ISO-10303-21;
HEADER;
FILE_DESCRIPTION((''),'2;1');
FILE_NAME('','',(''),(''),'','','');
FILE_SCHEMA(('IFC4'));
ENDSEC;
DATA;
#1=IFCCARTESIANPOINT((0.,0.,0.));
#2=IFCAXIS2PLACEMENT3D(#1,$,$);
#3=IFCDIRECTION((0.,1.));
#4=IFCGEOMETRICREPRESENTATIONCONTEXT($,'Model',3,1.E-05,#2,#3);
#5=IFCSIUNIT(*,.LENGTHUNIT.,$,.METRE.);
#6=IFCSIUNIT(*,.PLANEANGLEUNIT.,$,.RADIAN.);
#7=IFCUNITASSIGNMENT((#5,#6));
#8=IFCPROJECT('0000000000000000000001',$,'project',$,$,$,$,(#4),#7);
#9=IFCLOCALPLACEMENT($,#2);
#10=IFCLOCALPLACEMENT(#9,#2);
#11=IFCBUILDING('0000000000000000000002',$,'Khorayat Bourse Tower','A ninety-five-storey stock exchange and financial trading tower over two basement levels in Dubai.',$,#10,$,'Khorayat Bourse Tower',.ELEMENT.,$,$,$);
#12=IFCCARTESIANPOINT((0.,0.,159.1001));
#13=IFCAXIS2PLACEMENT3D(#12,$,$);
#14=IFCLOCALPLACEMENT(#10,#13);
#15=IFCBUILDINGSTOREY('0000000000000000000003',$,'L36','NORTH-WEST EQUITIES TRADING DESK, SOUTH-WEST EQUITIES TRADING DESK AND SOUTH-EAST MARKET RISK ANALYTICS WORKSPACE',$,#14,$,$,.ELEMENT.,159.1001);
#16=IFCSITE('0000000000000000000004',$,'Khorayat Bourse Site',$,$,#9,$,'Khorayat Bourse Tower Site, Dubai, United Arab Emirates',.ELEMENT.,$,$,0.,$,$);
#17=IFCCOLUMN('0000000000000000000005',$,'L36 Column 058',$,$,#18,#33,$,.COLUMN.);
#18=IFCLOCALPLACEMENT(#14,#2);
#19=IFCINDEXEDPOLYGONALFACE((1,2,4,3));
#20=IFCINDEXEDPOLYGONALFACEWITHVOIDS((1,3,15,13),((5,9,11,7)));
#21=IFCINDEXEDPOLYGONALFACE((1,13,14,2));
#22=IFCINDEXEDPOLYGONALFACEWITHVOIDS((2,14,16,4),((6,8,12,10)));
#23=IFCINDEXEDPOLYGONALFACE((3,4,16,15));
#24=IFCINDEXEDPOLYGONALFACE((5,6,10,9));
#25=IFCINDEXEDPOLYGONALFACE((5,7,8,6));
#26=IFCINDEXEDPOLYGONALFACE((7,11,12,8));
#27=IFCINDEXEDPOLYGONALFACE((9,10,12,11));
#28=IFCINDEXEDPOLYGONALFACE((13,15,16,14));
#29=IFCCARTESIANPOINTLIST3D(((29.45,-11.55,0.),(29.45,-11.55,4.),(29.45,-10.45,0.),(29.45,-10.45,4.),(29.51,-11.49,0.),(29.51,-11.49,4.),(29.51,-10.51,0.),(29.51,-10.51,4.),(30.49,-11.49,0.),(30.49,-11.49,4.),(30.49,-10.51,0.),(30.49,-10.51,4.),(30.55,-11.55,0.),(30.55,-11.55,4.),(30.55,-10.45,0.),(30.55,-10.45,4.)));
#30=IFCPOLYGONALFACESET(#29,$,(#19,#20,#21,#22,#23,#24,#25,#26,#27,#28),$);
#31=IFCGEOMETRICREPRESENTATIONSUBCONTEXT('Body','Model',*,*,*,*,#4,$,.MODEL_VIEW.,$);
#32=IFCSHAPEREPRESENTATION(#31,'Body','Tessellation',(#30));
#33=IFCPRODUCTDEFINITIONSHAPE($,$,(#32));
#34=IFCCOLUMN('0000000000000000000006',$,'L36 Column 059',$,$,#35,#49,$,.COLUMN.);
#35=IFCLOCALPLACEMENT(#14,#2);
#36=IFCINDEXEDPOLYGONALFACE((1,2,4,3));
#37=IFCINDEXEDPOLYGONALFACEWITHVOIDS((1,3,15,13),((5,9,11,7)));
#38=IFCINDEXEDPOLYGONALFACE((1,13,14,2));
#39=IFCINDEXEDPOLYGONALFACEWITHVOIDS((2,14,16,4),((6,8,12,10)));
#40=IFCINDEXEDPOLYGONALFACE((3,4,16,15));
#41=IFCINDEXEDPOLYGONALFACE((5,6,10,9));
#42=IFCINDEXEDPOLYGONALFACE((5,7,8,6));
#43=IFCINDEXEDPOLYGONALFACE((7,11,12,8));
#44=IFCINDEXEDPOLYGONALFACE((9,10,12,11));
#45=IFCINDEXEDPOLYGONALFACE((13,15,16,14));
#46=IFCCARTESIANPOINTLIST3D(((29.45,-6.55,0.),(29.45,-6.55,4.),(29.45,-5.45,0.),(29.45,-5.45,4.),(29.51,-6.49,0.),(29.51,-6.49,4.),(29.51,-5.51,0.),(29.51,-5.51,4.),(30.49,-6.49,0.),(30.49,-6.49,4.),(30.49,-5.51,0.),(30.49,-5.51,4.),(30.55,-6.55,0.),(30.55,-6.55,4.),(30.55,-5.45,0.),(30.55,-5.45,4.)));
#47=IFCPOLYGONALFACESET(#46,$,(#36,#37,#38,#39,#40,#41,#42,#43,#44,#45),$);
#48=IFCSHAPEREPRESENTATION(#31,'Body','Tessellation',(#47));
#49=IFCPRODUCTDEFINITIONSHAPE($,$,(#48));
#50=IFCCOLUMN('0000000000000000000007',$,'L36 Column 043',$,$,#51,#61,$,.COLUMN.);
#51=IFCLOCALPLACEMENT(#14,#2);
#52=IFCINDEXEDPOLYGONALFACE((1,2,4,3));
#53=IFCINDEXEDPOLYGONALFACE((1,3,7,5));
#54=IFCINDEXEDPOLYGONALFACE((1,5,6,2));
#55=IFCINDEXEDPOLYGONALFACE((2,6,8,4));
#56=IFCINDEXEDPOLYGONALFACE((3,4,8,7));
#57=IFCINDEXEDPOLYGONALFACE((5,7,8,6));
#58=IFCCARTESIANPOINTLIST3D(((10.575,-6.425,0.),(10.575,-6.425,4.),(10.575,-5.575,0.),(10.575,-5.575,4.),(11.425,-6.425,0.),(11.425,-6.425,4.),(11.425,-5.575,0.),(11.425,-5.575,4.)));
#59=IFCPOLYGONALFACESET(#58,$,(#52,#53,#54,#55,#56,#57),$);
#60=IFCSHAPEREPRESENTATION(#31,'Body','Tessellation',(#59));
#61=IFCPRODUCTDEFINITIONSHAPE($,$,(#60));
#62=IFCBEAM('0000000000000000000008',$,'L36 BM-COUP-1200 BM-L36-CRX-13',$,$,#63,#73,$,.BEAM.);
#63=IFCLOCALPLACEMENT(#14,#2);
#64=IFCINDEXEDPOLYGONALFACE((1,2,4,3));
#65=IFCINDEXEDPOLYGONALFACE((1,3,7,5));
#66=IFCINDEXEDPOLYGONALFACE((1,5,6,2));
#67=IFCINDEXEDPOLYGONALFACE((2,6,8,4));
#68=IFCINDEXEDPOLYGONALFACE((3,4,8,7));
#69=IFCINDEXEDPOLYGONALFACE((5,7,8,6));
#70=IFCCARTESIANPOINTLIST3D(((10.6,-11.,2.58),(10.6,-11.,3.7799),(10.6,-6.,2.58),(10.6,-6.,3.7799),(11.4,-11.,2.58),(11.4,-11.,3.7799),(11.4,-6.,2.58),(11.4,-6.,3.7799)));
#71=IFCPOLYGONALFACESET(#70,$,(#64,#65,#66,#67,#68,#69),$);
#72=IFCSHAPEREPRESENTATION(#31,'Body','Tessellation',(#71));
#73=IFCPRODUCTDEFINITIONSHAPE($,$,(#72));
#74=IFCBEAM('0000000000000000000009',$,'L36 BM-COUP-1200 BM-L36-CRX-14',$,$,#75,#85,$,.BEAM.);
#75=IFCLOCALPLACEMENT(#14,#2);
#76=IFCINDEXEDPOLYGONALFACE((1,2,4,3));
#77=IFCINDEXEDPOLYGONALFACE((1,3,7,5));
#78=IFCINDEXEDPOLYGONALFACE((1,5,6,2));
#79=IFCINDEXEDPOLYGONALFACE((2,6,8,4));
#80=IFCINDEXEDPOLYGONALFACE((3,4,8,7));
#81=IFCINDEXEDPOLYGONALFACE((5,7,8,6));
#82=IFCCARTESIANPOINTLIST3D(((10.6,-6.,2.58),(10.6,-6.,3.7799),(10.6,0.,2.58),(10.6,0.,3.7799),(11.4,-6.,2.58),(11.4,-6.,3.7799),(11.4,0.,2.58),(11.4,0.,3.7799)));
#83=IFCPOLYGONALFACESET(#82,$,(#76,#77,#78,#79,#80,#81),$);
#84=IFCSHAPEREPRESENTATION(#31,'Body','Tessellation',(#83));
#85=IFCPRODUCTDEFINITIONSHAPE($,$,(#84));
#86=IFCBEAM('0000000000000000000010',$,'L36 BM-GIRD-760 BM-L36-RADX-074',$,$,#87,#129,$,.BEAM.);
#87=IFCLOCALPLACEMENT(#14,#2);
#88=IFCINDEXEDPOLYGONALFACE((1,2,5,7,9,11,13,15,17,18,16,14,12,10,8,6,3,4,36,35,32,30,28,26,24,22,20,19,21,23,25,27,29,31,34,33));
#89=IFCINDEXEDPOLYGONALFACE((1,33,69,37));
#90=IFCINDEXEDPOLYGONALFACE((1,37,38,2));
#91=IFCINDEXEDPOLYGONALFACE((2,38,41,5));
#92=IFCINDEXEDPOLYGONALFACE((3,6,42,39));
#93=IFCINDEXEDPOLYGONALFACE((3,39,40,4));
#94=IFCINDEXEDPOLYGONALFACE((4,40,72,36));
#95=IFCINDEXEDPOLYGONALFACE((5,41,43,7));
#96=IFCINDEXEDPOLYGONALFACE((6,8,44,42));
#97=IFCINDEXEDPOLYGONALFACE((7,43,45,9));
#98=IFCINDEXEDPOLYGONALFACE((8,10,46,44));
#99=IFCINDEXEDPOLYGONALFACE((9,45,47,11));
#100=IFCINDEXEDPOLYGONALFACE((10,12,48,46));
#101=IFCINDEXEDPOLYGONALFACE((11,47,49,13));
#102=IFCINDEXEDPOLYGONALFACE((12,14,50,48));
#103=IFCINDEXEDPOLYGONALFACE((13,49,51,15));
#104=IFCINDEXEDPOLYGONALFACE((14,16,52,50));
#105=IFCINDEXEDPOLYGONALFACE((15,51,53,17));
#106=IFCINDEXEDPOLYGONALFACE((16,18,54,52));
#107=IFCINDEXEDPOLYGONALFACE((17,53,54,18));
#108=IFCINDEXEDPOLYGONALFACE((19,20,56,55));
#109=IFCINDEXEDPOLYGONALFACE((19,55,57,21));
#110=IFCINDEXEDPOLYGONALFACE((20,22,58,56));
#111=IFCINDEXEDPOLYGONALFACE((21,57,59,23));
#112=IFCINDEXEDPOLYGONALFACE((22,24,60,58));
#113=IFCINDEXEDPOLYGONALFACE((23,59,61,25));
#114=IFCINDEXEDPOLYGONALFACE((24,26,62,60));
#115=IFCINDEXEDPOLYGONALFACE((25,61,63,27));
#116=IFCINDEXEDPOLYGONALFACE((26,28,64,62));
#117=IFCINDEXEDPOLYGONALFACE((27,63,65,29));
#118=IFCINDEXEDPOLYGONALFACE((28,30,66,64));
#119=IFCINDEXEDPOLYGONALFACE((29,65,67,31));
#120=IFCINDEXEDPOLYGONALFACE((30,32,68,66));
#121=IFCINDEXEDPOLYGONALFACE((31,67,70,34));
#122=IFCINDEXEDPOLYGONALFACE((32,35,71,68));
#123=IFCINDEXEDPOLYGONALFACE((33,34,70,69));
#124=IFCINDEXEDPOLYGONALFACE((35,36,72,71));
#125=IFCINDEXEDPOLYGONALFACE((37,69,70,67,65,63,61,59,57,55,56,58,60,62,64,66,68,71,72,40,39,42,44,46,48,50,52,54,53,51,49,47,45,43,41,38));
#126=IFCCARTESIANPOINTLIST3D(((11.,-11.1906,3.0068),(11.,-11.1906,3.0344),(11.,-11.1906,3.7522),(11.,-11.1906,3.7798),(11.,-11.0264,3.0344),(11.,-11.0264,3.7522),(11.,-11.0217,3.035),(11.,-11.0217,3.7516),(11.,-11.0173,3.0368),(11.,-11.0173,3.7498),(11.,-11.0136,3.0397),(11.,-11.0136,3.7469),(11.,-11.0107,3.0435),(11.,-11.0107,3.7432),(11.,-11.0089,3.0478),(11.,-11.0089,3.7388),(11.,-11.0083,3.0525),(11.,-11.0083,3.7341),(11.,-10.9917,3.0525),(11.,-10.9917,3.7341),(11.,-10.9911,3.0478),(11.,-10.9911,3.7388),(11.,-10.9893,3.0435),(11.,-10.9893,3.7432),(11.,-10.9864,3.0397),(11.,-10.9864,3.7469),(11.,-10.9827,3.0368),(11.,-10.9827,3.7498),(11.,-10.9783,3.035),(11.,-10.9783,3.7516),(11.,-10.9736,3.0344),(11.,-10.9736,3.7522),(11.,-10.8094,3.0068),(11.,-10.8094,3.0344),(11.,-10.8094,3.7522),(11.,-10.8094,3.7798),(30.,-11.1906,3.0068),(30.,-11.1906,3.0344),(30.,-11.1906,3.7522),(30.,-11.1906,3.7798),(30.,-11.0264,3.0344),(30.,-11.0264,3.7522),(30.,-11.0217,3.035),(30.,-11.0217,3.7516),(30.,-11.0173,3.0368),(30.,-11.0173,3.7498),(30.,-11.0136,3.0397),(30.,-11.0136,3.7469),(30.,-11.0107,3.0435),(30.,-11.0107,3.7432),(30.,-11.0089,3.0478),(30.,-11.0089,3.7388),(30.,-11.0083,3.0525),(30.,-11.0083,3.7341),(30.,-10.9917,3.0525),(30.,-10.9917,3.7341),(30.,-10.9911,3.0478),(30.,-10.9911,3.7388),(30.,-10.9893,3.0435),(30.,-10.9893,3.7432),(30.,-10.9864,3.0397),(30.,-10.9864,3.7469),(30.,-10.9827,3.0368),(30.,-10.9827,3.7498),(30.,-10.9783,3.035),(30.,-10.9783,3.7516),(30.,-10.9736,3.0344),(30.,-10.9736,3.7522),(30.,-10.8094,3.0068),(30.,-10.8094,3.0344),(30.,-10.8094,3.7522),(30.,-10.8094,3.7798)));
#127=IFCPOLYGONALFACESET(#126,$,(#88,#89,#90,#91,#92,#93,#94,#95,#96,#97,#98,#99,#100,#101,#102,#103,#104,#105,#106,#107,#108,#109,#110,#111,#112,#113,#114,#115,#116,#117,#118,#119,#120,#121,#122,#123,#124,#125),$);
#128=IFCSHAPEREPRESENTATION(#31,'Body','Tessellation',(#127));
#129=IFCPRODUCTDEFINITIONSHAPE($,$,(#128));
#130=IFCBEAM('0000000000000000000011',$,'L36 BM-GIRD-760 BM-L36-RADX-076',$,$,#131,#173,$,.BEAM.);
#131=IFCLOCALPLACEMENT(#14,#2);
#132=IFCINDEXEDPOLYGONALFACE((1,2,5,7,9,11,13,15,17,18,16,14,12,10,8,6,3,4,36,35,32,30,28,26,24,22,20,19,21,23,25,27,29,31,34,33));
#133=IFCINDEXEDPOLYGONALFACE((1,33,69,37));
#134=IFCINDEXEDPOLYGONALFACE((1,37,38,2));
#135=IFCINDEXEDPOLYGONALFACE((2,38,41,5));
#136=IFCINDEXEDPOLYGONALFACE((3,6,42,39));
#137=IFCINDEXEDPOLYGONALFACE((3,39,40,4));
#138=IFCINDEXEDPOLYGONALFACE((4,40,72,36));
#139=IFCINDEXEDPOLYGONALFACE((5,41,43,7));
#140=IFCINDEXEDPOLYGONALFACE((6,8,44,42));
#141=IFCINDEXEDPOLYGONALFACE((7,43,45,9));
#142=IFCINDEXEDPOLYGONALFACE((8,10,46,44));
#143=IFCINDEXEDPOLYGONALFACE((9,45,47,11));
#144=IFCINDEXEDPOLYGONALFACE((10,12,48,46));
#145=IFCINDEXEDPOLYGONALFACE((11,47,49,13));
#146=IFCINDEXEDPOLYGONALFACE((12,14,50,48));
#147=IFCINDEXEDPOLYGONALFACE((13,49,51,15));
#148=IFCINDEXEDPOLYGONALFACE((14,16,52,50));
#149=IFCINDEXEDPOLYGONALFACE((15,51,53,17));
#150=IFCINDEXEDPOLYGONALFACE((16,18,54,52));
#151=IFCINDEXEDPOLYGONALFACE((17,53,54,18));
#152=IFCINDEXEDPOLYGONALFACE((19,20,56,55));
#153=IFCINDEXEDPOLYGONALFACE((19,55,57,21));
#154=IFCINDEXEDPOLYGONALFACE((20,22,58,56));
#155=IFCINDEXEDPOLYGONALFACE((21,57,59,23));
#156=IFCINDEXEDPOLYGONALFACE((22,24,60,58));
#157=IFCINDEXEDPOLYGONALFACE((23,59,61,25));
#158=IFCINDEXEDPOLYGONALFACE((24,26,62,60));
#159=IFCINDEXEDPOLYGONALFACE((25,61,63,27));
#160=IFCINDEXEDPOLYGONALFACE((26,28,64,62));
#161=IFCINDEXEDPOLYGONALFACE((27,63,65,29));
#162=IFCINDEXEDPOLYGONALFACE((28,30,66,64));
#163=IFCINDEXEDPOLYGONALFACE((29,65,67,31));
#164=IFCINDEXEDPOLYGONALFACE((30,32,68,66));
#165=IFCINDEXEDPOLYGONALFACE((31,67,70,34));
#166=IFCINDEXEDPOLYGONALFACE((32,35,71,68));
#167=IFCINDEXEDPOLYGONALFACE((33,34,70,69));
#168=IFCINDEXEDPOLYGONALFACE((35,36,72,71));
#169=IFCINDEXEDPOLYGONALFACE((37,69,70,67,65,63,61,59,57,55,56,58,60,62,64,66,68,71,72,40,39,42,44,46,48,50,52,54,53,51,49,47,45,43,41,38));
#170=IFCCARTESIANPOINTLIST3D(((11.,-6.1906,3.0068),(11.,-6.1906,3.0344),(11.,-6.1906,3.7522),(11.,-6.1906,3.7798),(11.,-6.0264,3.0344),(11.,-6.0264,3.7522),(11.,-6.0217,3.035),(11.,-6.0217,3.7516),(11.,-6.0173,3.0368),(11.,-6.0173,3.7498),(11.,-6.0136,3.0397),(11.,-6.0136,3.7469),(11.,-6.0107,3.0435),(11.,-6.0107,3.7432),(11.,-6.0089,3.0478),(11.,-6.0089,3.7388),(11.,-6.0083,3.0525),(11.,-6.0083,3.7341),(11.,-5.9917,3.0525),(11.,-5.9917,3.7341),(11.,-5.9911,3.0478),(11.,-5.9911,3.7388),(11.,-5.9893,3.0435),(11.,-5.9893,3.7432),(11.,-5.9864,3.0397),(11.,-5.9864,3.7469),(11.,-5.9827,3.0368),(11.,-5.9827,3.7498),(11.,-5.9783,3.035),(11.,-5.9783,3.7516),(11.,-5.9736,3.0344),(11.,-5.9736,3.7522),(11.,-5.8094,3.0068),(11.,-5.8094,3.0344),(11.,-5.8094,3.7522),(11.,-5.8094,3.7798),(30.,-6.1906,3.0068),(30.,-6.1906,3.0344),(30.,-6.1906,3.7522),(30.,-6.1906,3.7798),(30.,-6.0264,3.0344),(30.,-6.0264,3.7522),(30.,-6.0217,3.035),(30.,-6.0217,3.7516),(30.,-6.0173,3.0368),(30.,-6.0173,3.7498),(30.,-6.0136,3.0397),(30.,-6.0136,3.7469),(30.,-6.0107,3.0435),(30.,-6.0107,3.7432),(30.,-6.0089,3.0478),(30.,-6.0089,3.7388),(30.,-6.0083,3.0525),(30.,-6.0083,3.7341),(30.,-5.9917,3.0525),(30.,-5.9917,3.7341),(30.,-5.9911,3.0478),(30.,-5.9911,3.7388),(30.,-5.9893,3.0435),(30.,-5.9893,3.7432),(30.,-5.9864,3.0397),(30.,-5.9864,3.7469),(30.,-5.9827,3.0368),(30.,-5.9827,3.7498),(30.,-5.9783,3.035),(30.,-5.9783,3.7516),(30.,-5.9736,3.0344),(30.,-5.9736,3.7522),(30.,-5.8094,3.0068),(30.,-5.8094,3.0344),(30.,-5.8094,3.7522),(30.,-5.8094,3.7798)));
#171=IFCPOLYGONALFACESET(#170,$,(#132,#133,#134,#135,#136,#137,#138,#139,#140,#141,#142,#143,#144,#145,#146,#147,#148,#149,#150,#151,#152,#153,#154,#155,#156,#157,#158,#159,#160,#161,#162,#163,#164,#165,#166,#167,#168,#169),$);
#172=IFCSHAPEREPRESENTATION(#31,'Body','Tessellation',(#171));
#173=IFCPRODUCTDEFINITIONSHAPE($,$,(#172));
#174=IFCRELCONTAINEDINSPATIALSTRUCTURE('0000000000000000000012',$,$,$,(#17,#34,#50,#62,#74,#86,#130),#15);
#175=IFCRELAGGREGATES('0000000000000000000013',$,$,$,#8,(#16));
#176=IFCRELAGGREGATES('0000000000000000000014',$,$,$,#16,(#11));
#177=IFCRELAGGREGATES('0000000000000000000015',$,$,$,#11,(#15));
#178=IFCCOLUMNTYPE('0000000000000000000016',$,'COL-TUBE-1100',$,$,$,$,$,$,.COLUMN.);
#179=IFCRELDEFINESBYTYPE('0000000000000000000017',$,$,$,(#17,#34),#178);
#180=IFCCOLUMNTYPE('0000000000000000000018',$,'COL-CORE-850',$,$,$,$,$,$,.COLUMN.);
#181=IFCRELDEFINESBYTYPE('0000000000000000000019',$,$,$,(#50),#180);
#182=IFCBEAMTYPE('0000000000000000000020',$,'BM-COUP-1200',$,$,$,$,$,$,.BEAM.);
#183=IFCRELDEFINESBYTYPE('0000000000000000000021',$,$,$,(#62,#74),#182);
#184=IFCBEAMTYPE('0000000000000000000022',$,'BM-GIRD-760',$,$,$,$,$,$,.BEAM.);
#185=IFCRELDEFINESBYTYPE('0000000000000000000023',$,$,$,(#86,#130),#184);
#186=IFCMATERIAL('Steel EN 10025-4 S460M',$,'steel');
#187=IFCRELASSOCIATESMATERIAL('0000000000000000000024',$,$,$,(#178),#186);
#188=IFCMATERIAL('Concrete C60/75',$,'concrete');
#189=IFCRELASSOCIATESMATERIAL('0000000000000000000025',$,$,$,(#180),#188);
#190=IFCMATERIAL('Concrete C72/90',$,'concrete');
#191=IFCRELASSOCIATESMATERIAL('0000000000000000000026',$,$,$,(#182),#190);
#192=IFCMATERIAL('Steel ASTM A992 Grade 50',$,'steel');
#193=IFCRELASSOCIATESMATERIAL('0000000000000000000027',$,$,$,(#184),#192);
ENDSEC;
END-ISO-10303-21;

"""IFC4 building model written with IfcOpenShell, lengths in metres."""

from ifc_helpers import new_model, si_unit, direction, frame, origin, origin_2d, place, context, subcontext, project, spatial, rectangle, hollow_rectangle, i_section, extrude, source, transform, mapped, material, material_profile, profile_set, type_object, element, save


model = new_model("IFC4")

# Units and contexts
model_context = context("Model", 3, precision=1e-05, world=origin(), true_north=direction((0.0, 1.0)))
body_context = subcontext(model_context, "Body", "Model", "MODEL_VIEW")
ifc_project = project(units=[si_unit("LENGTHUNIT", "METRE"), si_unit("PLANEANGLEUNIT", "RADIAN")], contexts=[model_context])

# Site, building, storey
site_placement = place(None, origin())
site = spatial("IfcSite", under=ifc_project, at=site_placement, Name="Khorayat Bourse Site", LongName="Khorayat Bourse Tower Site, Dubai, United Arab Emirates", CompositionType="ELEMENT", RefElevation=0.0)
building_placement = place(site_placement, origin())
building = spatial("IfcBuilding", under=site, at=building_placement, Name="Khorayat Bourse Tower", Description="A ninety-five-storey stock exchange and financial trading tower over two basement levels in Dubai.", LongName="Khorayat Bourse Tower", CompositionType="ELEMENT")
storey_placement = place(building_placement, frame((0.0, 0.0, 159.1001)))
storey = spatial("IfcBuildingStorey", under=building, at=storey_placement, Name="L36", Description="NORTH-WEST EQUITIES TRADING DESK, SOUTH-WEST EQUITIES TRADING DESK AND SOUTH-EAST MARKET RISK ANALYTICS WORKSPACE", CompositionType="ELEMENT", Elevation=159.1001)

# Columns
ifc_material_1 = material(Name="Steel EN 10025-4 S460M", Category="steel")
ifc_material_profile_1 = material_profile(ifc_material_1, hollow_rectangle(XDim=1.1001, YDim=1.1001, WallThickness=0.0601, at=origin_2d()), Name="BOX 1100x1100x60")
ifc_profile_set_1 = profile_set([ifc_material_profile_1], Name="Steel EN 10025-4 S460M")
column_type_1 = type_object("IfcColumnType", Name="COL-TUBE-1100", PredefinedType="COLUMN", material=ifc_profile_set_1)
shared_shape_1 = source(origin(), body_context, "Body", "SweptSolid", [
    extrude(hollow_rectangle(XDim=1.1001, YDim=1.1001, WallThickness=0.0601, at=origin_2d()), origin(), (0.0, 0.0, 1.0), 4.0),
])
for number, where, z_axis, x_axis, name in (
    (1, (30.0, -11.0, 0.0), (0.0, 0.0, 1.0), (1.0, 0.0, 0.0), "L36 Column 058"),
    (2, (30.0, -6.0, 0.0), (0.0, 0.0, 1.0), (1.0, 0.0, 0.0), "L36 Column 059"),
):
    element("IfcColumn", number, at=place(storey_placement, frame(where, z_axis=z_axis, x_axis=x_axis)), inside=storey, type_object=column_type_1, Name=name, PredefinedType="COLUMN", context=body_context, shape_type="MappedRepresentation", body=[
        mapped(shared_shape_1, transform((0.0, 0.0, 0.0), scale=1.0)),
    ])
ifc_material_2 = material(Name="Concrete C60/75", Category="concrete")
ifc_material_profile_2 = material_profile(ifc_material_2, rectangle(XDim=0.8501, YDim=0.8501, at=origin_2d()), Name="RC 850x850")
ifc_profile_set_2 = profile_set([ifc_material_profile_2], Name="Concrete C60/75")
column_type_2 = type_object("IfcColumnType", Name="COL-CORE-850", PredefinedType="COLUMN", material=ifc_profile_set_2)
shared_shape_2 = source(origin(), body_context, "Body", "SweptSolid", [
    extrude(rectangle(XDim=0.8501, YDim=0.8501, at=origin_2d()), origin(), (0.0, 0.0, 1.0), 4.0),
])
column_placement = place(storey_placement, frame((11.0, -6.0, 0.0), z_axis=(0.0, 0.0, 1.0), x_axis=(1.0, 0.0, 0.0)))
element("IfcColumn", 3, at=column_placement, inside=storey, type_object=column_type_2, Name="L36 Column 043", PredefinedType="COLUMN", context=body_context, shape_type="MappedRepresentation", body=[
    mapped(shared_shape_2, transform((0.0, 0.0, 0.0), scale=1.0)),
])

# Beams
ifc_material_3 = material(Name="Concrete C72/90", Category="concrete")
ifc_material_profile_3 = material_profile(ifc_material_3, rectangle(XDim=0.8, YDim=1.2, at=origin_2d()), Name="RC 800x1200")
ifc_profile_set_3 = profile_set([ifc_material_profile_3], Name="Concrete C72/90")
beam_type_1 = type_object("IfcBeamType", Name="BM-COUP-1200", PredefinedType="BEAM", material=ifc_profile_set_3)
shared_shape_3 = source(origin(), body_context, "Body", "SweptSolid", [
    extrude(rectangle(XDim=0.8, YDim=1.2, at=origin_2d()), origin(), (0.0, 0.0, 1.0), 5.0),
])
beam_1_placement = place(storey_placement, frame((11.0, -11.0, 3.1799), z_axis=(0.0, 1.0, 0.0), x_axis=(-1.0, 0.0, 0.0)))
element("IfcBeam", 4, at=beam_1_placement, inside=storey, type_object=beam_type_1, Name="L36 BM-COUP-1200 BM-L36-CRX-13", PredefinedType="BEAM", context=body_context, shape_type="MappedRepresentation", body=[
    mapped(shared_shape_3, transform((0.0, 0.0, 0.0), scale=1.0)),
])
shared_shape_4 = source(origin(), body_context, "Body", "SweptSolid", [
    extrude(rectangle(XDim=0.8, YDim=1.2, at=origin_2d()), origin(), (0.0, 0.0, 1.0), 6.0),
])
beam_2_placement = place(storey_placement, frame((11.0, -6.0, 3.1799), z_axis=(0.0, 1.0, 0.0), x_axis=(-1.0, 0.0, 0.0)))
element("IfcBeam", 5, at=beam_2_placement, inside=storey, type_object=beam_type_1, Name="L36 BM-COUP-1200 BM-L36-CRX-14", PredefinedType="BEAM", context=body_context, shape_type="MappedRepresentation", body=[
    mapped(shared_shape_4, transform((0.0, 0.0, 0.0), scale=1.0)),
])
ifc_material_4 = material(Name="Steel ASTM A992 Grade 50", Category="steel")
ifc_material_profile_4 = material_profile(ifc_material_4, i_section(OverallWidth=0.3811, OverallDepth=0.7729, WebThickness=0.0166, FlangeThickness=0.0276, FilletRadius=0.0181, at=origin_2d()), Name="W760X257")
ifc_profile_set_4 = profile_set([ifc_material_profile_4], Name="Steel ASTM A992 Grade 50")
beam_type_2 = type_object("IfcBeamType", Name="BM-GIRD-760", PredefinedType="BEAM", material=ifc_profile_set_4)
shared_shape_5 = source(origin(), body_context, "Body", "SweptSolid", [
    extrude(i_section(OverallWidth=0.3811, OverallDepth=0.7729, WebThickness=0.0166, FlangeThickness=0.0276, FilletRadius=0.0181, at=origin_2d()), origin(), (0.0, 0.0, 1.0), 19.0),
])
for number, where, z_axis, x_axis, name in (
    (6, (11.0, -11.0, 3.3933), (1.0, 0.0, 0.0), (0.0, 1.0, 0.0), "L36 BM-GIRD-760 BM-L36-RADX-074"),
    (7, (11.0, -6.0, 3.3933), (1.0, 0.0, 0.0), (0.0, 1.0, 0.0), "L36 BM-GIRD-760 BM-L36-RADX-076"),
):
    element("IfcBeam", number, at=place(storey_placement, frame(where, z_axis=z_axis, x_axis=x_axis)), inside=storey, type_object=beam_type_2, Name=name, PredefinedType="BEAM", context=body_context, shape_type="MappedRepresentation", body=[
        mapped(shared_shape_5, transform((0.0, 0.0, 0.0), scale=1.0)),
    ])

save(model, "model.ifc")
